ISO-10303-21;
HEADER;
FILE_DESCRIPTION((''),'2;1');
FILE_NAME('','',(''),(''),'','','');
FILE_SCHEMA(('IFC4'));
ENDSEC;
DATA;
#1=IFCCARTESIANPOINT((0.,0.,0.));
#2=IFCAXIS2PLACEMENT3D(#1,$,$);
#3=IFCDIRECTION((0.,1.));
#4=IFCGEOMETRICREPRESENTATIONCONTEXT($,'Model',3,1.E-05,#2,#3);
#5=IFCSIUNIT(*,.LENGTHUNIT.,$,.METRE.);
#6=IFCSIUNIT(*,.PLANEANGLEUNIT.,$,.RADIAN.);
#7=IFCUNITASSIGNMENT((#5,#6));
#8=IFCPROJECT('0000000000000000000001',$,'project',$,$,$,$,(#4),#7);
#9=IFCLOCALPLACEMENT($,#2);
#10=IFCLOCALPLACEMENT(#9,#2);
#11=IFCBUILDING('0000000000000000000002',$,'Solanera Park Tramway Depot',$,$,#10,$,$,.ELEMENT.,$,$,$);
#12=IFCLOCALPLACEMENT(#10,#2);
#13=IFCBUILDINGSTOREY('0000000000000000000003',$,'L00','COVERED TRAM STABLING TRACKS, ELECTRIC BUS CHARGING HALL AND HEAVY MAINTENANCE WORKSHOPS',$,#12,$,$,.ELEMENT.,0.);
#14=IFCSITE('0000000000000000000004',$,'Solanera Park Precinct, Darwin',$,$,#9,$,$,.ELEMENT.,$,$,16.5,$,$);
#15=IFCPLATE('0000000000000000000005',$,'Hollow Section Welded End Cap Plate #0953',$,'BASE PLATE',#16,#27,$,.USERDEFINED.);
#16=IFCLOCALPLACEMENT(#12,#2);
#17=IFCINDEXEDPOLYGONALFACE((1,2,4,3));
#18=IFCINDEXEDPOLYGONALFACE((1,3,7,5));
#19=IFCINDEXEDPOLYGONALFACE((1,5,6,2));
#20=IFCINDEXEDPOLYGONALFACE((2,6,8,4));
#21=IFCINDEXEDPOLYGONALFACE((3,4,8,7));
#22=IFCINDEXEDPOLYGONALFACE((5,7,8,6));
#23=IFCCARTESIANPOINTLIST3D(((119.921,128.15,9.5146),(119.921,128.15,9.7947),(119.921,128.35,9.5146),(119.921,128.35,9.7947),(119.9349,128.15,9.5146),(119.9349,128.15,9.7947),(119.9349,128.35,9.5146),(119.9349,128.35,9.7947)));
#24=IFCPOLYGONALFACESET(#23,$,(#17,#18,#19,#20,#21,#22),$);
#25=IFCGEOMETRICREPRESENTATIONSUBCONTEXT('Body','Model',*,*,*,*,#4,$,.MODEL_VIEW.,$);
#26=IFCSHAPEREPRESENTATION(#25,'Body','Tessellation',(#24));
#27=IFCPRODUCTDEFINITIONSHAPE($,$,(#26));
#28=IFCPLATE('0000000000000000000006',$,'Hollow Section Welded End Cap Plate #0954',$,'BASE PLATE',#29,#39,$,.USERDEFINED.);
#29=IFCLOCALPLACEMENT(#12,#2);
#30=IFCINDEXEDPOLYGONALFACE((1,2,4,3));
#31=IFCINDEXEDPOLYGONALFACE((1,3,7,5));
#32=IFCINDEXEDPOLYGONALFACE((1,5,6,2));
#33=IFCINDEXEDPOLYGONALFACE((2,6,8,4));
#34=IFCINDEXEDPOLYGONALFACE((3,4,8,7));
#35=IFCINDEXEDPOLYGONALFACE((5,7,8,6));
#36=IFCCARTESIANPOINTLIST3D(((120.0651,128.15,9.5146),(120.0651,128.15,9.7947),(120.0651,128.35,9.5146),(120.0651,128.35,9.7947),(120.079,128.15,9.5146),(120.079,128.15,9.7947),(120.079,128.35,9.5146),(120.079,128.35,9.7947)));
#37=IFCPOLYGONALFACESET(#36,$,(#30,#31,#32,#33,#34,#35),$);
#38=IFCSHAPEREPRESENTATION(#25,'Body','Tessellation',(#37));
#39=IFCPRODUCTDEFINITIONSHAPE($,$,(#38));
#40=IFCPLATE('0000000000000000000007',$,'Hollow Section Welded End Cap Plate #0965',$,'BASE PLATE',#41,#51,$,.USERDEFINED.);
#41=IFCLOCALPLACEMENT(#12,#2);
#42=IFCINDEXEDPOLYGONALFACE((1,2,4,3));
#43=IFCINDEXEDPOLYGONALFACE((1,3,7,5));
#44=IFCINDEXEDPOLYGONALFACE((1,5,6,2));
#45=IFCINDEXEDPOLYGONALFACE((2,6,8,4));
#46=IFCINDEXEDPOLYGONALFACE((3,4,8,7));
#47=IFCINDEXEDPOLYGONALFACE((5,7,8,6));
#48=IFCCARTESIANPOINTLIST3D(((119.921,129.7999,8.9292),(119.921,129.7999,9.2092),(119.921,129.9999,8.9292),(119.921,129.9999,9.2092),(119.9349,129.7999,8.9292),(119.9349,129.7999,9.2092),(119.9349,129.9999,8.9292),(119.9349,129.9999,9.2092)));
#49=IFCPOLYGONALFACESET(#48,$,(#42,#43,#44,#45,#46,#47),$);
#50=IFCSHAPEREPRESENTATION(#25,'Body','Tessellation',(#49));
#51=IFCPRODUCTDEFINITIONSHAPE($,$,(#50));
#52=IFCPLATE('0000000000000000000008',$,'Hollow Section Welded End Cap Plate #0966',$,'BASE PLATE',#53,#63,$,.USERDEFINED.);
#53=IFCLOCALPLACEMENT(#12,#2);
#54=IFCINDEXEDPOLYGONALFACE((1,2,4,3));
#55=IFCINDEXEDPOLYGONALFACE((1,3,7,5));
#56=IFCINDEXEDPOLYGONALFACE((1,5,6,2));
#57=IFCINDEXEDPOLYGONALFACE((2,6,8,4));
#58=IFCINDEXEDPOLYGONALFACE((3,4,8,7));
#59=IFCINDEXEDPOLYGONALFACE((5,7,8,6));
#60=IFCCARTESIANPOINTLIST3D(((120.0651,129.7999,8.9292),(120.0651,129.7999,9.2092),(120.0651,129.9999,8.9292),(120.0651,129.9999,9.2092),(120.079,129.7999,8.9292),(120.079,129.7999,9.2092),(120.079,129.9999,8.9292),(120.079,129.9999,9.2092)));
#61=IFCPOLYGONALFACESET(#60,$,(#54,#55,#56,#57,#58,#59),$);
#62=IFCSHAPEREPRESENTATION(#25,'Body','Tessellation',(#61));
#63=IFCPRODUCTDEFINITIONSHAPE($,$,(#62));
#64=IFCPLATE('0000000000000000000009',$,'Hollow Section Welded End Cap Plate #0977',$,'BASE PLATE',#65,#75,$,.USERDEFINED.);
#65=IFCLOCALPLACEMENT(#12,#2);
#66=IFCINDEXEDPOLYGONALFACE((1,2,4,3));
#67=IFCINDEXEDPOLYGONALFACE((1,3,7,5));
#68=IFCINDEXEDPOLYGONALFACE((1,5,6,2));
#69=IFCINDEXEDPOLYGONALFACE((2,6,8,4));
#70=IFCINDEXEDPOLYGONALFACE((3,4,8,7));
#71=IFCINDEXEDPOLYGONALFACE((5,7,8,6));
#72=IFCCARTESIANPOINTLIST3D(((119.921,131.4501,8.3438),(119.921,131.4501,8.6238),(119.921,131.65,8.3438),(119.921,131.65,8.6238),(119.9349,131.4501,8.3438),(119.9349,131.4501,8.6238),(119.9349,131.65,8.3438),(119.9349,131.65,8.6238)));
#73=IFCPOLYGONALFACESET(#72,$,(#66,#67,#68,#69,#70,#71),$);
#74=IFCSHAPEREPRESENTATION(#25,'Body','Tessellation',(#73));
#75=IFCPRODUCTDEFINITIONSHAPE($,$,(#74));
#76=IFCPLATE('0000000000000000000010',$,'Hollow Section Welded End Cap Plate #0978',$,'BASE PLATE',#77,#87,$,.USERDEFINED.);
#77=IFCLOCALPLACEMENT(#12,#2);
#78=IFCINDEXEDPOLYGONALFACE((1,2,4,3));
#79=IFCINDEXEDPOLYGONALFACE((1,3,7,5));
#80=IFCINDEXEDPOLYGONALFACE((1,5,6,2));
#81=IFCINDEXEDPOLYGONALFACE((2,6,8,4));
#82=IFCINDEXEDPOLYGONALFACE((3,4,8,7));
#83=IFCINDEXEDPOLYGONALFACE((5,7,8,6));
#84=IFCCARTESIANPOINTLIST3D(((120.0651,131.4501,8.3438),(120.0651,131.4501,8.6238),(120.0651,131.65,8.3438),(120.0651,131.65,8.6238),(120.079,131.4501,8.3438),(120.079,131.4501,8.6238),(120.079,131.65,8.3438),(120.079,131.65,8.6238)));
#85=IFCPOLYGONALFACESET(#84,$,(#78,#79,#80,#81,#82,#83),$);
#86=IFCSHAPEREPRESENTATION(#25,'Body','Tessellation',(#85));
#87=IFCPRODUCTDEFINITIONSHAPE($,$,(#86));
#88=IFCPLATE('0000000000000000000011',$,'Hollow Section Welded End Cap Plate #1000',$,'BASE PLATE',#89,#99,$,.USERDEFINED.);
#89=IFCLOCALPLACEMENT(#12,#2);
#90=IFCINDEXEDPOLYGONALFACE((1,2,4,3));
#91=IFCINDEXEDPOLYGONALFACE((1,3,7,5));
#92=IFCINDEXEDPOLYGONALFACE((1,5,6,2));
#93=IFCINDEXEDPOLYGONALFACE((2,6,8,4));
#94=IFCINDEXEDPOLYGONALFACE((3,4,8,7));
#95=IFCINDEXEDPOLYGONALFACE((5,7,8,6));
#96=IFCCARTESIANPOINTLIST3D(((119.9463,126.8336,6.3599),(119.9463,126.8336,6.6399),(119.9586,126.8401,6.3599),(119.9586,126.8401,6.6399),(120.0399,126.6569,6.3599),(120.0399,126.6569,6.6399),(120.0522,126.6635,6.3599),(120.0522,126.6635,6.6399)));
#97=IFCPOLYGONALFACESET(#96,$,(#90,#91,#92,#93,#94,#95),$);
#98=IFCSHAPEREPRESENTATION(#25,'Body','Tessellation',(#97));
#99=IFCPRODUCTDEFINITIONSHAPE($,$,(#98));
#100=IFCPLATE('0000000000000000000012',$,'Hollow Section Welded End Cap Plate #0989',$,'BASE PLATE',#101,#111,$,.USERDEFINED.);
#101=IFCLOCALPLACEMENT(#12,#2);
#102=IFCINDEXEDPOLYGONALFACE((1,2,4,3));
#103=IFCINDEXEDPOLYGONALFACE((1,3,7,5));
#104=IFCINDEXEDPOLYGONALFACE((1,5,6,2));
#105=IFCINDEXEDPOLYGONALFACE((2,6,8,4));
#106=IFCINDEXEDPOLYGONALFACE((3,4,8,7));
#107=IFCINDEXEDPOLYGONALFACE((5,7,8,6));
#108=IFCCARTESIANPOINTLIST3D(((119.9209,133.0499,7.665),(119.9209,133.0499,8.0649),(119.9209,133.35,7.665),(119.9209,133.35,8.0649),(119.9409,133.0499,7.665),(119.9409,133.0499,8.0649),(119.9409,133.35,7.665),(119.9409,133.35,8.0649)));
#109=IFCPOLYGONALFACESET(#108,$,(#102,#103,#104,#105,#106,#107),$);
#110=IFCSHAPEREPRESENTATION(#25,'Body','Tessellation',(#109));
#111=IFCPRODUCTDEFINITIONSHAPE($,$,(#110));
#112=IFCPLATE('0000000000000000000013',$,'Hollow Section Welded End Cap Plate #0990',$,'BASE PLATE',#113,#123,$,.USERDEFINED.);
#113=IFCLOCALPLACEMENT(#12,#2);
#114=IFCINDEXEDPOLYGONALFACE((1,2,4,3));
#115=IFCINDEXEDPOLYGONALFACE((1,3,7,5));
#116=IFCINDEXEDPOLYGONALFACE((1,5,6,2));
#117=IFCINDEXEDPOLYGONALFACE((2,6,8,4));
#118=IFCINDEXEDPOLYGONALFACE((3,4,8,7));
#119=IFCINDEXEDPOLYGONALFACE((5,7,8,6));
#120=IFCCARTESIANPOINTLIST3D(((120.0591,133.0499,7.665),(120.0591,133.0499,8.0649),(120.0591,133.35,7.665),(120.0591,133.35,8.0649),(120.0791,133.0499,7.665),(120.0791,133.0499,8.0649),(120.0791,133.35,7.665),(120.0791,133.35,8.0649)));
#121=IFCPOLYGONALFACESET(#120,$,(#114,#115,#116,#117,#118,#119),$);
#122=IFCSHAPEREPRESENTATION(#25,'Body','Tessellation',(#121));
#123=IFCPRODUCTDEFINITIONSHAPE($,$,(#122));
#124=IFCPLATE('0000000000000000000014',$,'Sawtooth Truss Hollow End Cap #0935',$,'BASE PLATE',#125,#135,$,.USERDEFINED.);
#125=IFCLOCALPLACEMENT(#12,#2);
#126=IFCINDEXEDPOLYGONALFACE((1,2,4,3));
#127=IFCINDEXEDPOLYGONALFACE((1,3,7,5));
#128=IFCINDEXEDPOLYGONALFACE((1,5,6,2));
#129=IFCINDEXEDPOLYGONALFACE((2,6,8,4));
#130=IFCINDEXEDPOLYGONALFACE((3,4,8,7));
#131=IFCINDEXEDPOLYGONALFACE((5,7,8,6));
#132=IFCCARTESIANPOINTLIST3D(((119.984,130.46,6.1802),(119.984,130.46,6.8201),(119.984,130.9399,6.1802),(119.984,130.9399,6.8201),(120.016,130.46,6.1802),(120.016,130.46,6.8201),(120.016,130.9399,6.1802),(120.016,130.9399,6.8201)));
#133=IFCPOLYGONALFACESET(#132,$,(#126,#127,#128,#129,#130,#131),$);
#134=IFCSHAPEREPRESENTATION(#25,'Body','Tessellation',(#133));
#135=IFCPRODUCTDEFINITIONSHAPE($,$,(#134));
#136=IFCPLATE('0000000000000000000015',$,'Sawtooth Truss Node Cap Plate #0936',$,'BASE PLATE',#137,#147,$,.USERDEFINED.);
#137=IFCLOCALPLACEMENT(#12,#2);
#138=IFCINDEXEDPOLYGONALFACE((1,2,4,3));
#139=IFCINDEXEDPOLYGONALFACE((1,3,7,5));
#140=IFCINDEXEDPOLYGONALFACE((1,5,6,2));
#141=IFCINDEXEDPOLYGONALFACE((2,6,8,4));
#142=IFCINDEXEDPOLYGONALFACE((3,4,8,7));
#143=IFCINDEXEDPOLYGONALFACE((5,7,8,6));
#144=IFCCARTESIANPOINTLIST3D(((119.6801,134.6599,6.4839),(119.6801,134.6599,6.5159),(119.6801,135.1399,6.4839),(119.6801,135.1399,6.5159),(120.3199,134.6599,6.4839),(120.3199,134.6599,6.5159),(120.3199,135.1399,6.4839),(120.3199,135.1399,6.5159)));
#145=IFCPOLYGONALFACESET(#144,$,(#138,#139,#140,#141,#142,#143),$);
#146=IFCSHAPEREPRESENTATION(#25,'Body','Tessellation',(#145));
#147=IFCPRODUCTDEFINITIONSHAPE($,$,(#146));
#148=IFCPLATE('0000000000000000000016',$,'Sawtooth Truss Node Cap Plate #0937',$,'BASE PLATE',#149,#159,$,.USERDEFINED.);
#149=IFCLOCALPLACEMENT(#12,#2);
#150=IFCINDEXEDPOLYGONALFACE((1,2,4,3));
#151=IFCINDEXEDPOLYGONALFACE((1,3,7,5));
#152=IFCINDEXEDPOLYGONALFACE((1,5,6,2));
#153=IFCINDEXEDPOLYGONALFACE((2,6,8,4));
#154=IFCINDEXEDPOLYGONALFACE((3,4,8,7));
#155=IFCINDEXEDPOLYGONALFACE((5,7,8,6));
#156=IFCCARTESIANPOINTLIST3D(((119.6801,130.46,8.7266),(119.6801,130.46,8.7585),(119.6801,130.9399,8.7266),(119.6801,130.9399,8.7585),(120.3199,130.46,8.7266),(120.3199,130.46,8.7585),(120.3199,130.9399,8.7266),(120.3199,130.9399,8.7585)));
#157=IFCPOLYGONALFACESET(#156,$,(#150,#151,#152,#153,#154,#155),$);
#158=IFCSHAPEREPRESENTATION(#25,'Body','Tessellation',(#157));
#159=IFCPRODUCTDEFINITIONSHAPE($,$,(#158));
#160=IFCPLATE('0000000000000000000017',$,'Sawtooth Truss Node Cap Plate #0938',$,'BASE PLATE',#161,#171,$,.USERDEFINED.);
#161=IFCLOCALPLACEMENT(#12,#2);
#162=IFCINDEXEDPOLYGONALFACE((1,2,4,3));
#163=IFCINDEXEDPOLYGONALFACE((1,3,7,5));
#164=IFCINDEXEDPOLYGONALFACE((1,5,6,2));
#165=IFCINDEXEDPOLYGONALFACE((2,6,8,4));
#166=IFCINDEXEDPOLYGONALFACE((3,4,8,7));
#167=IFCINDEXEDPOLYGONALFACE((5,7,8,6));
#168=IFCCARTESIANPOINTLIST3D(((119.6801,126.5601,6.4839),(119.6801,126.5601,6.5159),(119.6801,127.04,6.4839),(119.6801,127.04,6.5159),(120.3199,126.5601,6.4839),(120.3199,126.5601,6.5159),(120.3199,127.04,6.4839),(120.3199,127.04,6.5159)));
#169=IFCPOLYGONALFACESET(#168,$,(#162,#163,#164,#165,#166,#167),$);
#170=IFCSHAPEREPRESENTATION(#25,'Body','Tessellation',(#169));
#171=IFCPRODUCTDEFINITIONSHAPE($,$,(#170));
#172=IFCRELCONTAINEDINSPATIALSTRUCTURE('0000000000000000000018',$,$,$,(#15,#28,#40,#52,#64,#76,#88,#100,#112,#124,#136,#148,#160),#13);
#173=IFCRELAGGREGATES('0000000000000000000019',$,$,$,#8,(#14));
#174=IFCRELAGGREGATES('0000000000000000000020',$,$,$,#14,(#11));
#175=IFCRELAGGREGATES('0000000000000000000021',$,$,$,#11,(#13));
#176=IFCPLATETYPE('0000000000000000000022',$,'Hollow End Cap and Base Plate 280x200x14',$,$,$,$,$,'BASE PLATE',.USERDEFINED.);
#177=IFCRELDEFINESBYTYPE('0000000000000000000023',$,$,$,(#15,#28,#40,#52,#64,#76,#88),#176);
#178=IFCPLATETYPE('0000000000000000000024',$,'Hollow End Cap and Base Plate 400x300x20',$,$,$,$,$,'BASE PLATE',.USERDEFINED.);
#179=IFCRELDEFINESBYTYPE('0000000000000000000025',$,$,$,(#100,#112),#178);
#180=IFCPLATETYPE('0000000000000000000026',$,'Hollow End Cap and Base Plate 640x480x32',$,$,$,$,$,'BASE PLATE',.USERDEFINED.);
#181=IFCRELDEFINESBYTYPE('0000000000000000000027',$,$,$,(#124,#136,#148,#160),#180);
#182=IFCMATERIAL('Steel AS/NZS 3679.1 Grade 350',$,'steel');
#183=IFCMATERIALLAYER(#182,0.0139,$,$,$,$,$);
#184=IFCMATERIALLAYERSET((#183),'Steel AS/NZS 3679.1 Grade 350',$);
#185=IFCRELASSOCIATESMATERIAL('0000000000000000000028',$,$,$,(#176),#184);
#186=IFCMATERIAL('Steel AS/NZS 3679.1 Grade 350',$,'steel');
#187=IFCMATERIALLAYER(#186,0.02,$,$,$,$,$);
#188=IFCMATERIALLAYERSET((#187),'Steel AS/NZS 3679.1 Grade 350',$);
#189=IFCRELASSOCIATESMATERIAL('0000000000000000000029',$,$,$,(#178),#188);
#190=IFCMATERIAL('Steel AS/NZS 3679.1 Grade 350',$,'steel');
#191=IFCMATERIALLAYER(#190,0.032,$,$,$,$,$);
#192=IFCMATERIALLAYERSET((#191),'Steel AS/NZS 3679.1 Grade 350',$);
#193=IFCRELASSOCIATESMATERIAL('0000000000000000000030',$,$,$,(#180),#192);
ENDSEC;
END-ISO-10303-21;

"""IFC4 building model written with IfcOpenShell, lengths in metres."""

from ifc_helpers import new_model, si_unit, direction, frame, origin, origin_2d, place, context, subcontext, project, spatial, rectangle, extrude, material, layer, layer_set, type_object, element, save


model = new_model("IFC4")

# Units and contexts
model_context = context("Model", 3, precision=1e-05, world=origin(), true_north=direction((0.0, 1.0)))
body_context = subcontext(model_context, "Body", "Model", "MODEL_VIEW")
ifc_project = project(units=[si_unit("LENGTHUNIT", "METRE"), si_unit("PLANEANGLEUNIT", "RADIAN")], contexts=[model_context])

# Site, building, storey
site_placement = place(None, origin())
site = spatial("IfcSite", under=ifc_project, at=site_placement, Name="Solanera Park Precinct, Darwin", CompositionType="ELEMENT", RefElevation=16.5)
building_placement = place(site_placement, origin())
building = spatial("IfcBuilding", under=site, at=building_placement, Name="Solanera Park Tramway Depot", CompositionType="ELEMENT")
storey_placement = place(building_placement, origin())
storey = spatial("IfcBuildingStorey", under=building, at=storey_placement, Name="L00", Description="COVERED TRAM STABLING TRACKS, ELECTRIC BUS CHARGING HALL AND HEAVY MAINTENANCE WORKSHOPS", CompositionType="ELEMENT", Elevation=0.0)

# Plates
ifc_material_1 = material(Name="Steel AS/NZS 3679.1 Grade 350", Category="steel")
ifc_layer_1 = layer(ifc_material_1, 0.0139)
ifc_layer_set_1 = layer_set([ifc_layer_1], Name="Steel AS/NZS 3679.1 Grade 350")
plate_type_1 = type_object("IfcPlateType", Name="Hollow End Cap and Base Plate 280x200x14", ElementType="BASE PLATE", PredefinedType="USERDEFINED", material=ifc_layer_set_1)
for number, where, z_axis, x_axis, name in (
    (1, (119.928, 128.25, 9.5146), (0.0, 0.0, 1.0), (1.0, 0.0, 0.0), "Hollow Section Welded End Cap Plate #0953"),
    (2, (120.072, 128.25, 9.5146), (0.0, 0.0, 1.0), (1.0, 0.0, 0.0), "Hollow Section Welded End Cap Plate #0954"),
    (3, (119.928, 129.8999, 8.9292), (0.0, 0.0, 1.0), (1.0, 0.0, 0.0), "Hollow Section Welded End Cap Plate #0965"),
    (4, (120.072, 129.8999, 8.9292), (0.0, 0.0, 1.0), (1.0, 0.0, 0.0), "Hollow Section Welded End Cap Plate #0966"),
    (5, (119.928, 131.55, 8.3438), (0.0, 0.0, 1.0), (1.0, 0.0, 0.0), "Hollow Section Welded End Cap Plate #0977"),
    (6, (120.072, 131.55, 8.3438), (0.0, 0.0, 1.0), (1.0, 0.0, 0.0), "Hollow Section Welded End Cap Plate #0978"),
    (7, (119.9993, 126.7485, 6.3599), (0.0, 0.0, 1.0), (0.883521, 0.468392, 0.0), "Hollow Section Welded End Cap Plate #1000"),
):
    element("IfcPlate", number, at=place(storey_placement, frame(where, z_axis=z_axis, x_axis=x_axis)), inside=storey, type_object=plate_type_1, Name=name, ObjectType="BASE PLATE", PredefinedType="USERDEFINED", context=body_context, shape_type="SweptSolid", body=[
        extrude(rectangle(XDim=0.0139, YDim=0.2, at=origin_2d()), origin(), (0.0, 0.0, 1.0), 0.28),
    ])
ifc_material_2 = material(Name="Steel AS/NZS 3679.1 Grade 350", Category="steel")
ifc_layer_2 = layer(ifc_material_2, 0.02)
ifc_layer_set_2 = layer_set([ifc_layer_2], Name="Steel AS/NZS 3679.1 Grade 350")
plate_type_2 = type_object("IfcPlateType", Name="Hollow End Cap and Base Plate 400x300x20", ElementType="BASE PLATE", PredefinedType="USERDEFINED", material=ifc_layer_set_2)
for number, where, z_axis, x_axis, name in (
    (8, (119.9309, 133.2, 7.665), (0.0, 0.0, 1.0), (1.0, 0.0, 0.0), "Hollow Section Welded End Cap Plate #0989"),
    (9, (120.0691, 133.2, 7.665), (0.0, 0.0, 1.0), (1.0, 0.0, 0.0), "Hollow Section Welded End Cap Plate #0990"),
):
    element("IfcPlate", number, at=place(storey_placement, frame(where, z_axis=z_axis, x_axis=x_axis)), inside=storey, type_object=plate_type_2, Name=name, ObjectType="BASE PLATE", PredefinedType="USERDEFINED", context=body_context, shape_type="SweptSolid", body=[
        extrude(rectangle(XDim=0.02, YDim=0.3, at=origin_2d()), origin(), (0.0, 0.0, 1.0), 0.3999),
    ])
ifc_material_3 = material(Name="Steel AS/NZS 3679.1 Grade 350", Category="steel")
ifc_layer_3 = layer(ifc_material_3, 0.032)
ifc_layer_set_3 = layer_set([ifc_layer_3], Name="Steel AS/NZS 3679.1 Grade 350")
plate_type_3 = type_object("IfcPlateType", Name="Hollow End Cap and Base Plate 640x480x32", ElementType="BASE PLATE", PredefinedType="USERDEFINED", material=ifc_layer_set_3)
plate_1_placement = place(storey_placement, frame((120.0, 130.7, 6.1802), z_axis=(0.0, 0.0, 1.0), x_axis=(1.0, 0.0, 0.0)))
element("IfcPlate", 10, at=plate_1_placement, inside=storey, type_object=plate_type_3, Name="Sawtooth Truss Hollow End Cap #0935", ObjectType="BASE PLATE", PredefinedType="USERDEFINED", context=body_context, shape_type="SweptSolid", body=[
    extrude(rectangle(XDim=0.032, YDim=0.48, at=origin_2d()), origin(), (0.0, 0.0, 1.0), 0.6399),
])
for number, where, z_axis, x_axis, name in (
    (11, (120.0, 134.8999, 6.4839), (0.0, 0.0, 1.0), (1.0, 0.0, 0.0), "Sawtooth Truss Node Cap Plate #0936"),
    (12, (120.0, 130.7, 8.7266), (0.0, 0.0, 1.0), (1.0, 0.0, 0.0), "Sawtooth Truss Node Cap Plate #0937"),
    (13, (120.0, 126.8, 6.4839), (0.0, 0.0, 1.0), (1.0, 0.0, 0.0), "Sawtooth Truss Node Cap Plate #0938"),
):
    element("IfcPlate", number, at=place(storey_placement, frame(where, z_axis=z_axis, x_axis=x_axis)), inside=storey, type_object=plate_type_3, Name=name, ObjectType="BASE PLATE", PredefinedType="USERDEFINED", context=body_context, shape_type="SweptSolid", body=[
        extrude(rectangle(XDim=0.6399, YDim=0.48, at=origin_2d()), origin(), (0.0, 0.0, 1.0), 0.032),
    ])

save(model, "model.ifc")
